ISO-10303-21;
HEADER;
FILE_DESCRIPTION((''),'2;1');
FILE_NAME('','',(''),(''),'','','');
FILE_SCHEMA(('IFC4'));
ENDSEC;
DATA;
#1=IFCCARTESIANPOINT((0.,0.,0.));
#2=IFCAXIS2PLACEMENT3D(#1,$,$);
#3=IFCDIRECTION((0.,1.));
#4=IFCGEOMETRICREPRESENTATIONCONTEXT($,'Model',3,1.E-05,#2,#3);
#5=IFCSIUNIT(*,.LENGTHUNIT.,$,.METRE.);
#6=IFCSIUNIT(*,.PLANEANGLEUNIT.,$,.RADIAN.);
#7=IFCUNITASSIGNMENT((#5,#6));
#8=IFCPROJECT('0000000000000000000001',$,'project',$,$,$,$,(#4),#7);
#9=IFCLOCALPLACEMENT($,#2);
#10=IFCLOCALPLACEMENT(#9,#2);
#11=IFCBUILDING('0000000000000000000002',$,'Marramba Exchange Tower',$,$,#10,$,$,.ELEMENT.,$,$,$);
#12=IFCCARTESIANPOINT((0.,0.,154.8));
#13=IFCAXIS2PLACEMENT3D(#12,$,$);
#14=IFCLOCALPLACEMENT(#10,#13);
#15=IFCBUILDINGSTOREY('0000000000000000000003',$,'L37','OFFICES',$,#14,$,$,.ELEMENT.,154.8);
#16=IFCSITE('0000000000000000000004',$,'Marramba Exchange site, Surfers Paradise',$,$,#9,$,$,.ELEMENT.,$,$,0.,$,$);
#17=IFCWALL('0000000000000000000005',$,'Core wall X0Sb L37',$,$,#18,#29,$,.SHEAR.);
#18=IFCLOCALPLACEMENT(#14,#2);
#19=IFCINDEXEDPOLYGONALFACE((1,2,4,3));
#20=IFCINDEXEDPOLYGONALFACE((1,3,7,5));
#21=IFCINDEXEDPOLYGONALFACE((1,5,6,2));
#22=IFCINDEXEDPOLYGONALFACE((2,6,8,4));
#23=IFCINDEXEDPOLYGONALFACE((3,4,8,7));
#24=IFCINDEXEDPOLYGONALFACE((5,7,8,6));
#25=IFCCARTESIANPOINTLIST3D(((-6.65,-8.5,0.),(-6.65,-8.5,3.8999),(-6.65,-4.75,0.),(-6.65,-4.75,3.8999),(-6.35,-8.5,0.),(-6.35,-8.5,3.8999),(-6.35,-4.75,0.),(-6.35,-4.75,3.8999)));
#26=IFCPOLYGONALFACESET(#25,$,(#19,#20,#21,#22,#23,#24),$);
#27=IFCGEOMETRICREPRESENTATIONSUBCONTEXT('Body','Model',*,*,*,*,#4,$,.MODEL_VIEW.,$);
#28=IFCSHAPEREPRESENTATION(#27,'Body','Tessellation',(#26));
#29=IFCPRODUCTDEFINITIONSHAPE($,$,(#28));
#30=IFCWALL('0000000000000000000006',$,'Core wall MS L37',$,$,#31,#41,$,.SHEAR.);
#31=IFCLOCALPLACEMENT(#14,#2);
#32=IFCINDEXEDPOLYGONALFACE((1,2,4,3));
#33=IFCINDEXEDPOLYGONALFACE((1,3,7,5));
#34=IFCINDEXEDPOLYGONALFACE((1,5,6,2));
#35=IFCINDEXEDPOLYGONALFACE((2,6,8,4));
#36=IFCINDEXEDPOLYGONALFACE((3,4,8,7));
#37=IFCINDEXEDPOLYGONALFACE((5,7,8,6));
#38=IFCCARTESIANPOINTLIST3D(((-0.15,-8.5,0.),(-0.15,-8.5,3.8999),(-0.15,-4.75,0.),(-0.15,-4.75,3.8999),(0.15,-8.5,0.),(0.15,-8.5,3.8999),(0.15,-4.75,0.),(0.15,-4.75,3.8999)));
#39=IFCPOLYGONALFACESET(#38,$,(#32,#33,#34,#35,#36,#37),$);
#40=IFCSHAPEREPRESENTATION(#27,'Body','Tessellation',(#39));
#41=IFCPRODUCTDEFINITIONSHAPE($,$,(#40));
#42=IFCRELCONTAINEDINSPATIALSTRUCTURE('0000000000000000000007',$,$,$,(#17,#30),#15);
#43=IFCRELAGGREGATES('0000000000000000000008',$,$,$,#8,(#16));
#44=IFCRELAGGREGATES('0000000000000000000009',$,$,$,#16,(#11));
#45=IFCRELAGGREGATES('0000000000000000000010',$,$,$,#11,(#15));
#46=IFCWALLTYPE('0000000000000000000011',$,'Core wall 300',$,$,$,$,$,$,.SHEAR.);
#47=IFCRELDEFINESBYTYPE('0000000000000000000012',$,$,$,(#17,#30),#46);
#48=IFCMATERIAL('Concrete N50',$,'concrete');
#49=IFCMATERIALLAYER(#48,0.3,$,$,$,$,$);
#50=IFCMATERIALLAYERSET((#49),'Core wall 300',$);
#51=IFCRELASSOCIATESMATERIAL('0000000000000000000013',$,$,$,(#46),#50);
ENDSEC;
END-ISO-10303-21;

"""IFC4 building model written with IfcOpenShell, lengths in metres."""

from ifc_helpers import new_model, si_unit, direction, frame, frame_2d, origin, place, context, subcontext, project, spatial, rectangle, extrude, material, layer, layer_set, type_object, element, save


model = new_model("IFC4")

# Units and contexts
model_context = context("Model", 3, precision=1e-05, world=origin(), true_north=direction((0.0, 1.0)))
body_context = subcontext(model_context, "Body", "Model", "MODEL_VIEW")
ifc_project = project(units=[si_unit("LENGTHUNIT", "METRE"), si_unit("PLANEANGLEUNIT", "RADIAN")], contexts=[model_context])

# Site, building, storey
site_placement = place(None, origin())
site = spatial("IfcSite", under=ifc_project, at=site_placement, Name="Marramba Exchange site, Surfers Paradise", CompositionType="ELEMENT", RefElevation=0.0)
building_placement = place(site_placement, origin())
building = spatial("IfcBuilding", under=site, at=building_placement, Name="Marramba Exchange Tower", CompositionType="ELEMENT")
storey_placement = place(building_placement, frame((0.0, 0.0, 154.8)))
storey = spatial("IfcBuildingStorey", under=building, at=storey_placement, Name="L37", Description="OFFICES", CompositionType="ELEMENT", Elevation=154.8)

# Shared definitions
ifc_material_1 = material(Name="Concrete N50", Category="concrete")

# Shared definitions
ifc_layer_1 = layer(ifc_material_1, 0.3)
ifc_layer_set_1 = layer_set([ifc_layer_1], Name="Core wall 300")
wall_type_1 = type_object("IfcWallType", Name="Core wall 300", PredefinedType="SHEAR", material=ifc_layer_set_1)

# Walls
for number, where, z_axis, x_axis, name in (
    (1, (-6.5, -4.75, 0.0), (0.0, 0.0, 1.0), (0.0, -1.0, 0.0), "Core wall X0Sb L37"),
    (2, (0.0, -4.75, 0.0), (0.0, 0.0, 1.0), (0.0, -1.0, 0.0), "Core wall MS L37"),
):
    element("IfcWall", number, at=place(storey_placement, frame(where, z_axis=z_axis, x_axis=x_axis)), inside=storey, type_object=wall_type_1, Name=name, PredefinedType="SHEAR", context=body_context, shape_type="SweptSolid", body=[
        extrude(rectangle(XDim=3.75, YDim=0.3, at=frame_2d((1.875, 0.0))), origin(), (0.0, 0.0, 1.0), 3.8999),
    ])

save(model, "model.ifc")
